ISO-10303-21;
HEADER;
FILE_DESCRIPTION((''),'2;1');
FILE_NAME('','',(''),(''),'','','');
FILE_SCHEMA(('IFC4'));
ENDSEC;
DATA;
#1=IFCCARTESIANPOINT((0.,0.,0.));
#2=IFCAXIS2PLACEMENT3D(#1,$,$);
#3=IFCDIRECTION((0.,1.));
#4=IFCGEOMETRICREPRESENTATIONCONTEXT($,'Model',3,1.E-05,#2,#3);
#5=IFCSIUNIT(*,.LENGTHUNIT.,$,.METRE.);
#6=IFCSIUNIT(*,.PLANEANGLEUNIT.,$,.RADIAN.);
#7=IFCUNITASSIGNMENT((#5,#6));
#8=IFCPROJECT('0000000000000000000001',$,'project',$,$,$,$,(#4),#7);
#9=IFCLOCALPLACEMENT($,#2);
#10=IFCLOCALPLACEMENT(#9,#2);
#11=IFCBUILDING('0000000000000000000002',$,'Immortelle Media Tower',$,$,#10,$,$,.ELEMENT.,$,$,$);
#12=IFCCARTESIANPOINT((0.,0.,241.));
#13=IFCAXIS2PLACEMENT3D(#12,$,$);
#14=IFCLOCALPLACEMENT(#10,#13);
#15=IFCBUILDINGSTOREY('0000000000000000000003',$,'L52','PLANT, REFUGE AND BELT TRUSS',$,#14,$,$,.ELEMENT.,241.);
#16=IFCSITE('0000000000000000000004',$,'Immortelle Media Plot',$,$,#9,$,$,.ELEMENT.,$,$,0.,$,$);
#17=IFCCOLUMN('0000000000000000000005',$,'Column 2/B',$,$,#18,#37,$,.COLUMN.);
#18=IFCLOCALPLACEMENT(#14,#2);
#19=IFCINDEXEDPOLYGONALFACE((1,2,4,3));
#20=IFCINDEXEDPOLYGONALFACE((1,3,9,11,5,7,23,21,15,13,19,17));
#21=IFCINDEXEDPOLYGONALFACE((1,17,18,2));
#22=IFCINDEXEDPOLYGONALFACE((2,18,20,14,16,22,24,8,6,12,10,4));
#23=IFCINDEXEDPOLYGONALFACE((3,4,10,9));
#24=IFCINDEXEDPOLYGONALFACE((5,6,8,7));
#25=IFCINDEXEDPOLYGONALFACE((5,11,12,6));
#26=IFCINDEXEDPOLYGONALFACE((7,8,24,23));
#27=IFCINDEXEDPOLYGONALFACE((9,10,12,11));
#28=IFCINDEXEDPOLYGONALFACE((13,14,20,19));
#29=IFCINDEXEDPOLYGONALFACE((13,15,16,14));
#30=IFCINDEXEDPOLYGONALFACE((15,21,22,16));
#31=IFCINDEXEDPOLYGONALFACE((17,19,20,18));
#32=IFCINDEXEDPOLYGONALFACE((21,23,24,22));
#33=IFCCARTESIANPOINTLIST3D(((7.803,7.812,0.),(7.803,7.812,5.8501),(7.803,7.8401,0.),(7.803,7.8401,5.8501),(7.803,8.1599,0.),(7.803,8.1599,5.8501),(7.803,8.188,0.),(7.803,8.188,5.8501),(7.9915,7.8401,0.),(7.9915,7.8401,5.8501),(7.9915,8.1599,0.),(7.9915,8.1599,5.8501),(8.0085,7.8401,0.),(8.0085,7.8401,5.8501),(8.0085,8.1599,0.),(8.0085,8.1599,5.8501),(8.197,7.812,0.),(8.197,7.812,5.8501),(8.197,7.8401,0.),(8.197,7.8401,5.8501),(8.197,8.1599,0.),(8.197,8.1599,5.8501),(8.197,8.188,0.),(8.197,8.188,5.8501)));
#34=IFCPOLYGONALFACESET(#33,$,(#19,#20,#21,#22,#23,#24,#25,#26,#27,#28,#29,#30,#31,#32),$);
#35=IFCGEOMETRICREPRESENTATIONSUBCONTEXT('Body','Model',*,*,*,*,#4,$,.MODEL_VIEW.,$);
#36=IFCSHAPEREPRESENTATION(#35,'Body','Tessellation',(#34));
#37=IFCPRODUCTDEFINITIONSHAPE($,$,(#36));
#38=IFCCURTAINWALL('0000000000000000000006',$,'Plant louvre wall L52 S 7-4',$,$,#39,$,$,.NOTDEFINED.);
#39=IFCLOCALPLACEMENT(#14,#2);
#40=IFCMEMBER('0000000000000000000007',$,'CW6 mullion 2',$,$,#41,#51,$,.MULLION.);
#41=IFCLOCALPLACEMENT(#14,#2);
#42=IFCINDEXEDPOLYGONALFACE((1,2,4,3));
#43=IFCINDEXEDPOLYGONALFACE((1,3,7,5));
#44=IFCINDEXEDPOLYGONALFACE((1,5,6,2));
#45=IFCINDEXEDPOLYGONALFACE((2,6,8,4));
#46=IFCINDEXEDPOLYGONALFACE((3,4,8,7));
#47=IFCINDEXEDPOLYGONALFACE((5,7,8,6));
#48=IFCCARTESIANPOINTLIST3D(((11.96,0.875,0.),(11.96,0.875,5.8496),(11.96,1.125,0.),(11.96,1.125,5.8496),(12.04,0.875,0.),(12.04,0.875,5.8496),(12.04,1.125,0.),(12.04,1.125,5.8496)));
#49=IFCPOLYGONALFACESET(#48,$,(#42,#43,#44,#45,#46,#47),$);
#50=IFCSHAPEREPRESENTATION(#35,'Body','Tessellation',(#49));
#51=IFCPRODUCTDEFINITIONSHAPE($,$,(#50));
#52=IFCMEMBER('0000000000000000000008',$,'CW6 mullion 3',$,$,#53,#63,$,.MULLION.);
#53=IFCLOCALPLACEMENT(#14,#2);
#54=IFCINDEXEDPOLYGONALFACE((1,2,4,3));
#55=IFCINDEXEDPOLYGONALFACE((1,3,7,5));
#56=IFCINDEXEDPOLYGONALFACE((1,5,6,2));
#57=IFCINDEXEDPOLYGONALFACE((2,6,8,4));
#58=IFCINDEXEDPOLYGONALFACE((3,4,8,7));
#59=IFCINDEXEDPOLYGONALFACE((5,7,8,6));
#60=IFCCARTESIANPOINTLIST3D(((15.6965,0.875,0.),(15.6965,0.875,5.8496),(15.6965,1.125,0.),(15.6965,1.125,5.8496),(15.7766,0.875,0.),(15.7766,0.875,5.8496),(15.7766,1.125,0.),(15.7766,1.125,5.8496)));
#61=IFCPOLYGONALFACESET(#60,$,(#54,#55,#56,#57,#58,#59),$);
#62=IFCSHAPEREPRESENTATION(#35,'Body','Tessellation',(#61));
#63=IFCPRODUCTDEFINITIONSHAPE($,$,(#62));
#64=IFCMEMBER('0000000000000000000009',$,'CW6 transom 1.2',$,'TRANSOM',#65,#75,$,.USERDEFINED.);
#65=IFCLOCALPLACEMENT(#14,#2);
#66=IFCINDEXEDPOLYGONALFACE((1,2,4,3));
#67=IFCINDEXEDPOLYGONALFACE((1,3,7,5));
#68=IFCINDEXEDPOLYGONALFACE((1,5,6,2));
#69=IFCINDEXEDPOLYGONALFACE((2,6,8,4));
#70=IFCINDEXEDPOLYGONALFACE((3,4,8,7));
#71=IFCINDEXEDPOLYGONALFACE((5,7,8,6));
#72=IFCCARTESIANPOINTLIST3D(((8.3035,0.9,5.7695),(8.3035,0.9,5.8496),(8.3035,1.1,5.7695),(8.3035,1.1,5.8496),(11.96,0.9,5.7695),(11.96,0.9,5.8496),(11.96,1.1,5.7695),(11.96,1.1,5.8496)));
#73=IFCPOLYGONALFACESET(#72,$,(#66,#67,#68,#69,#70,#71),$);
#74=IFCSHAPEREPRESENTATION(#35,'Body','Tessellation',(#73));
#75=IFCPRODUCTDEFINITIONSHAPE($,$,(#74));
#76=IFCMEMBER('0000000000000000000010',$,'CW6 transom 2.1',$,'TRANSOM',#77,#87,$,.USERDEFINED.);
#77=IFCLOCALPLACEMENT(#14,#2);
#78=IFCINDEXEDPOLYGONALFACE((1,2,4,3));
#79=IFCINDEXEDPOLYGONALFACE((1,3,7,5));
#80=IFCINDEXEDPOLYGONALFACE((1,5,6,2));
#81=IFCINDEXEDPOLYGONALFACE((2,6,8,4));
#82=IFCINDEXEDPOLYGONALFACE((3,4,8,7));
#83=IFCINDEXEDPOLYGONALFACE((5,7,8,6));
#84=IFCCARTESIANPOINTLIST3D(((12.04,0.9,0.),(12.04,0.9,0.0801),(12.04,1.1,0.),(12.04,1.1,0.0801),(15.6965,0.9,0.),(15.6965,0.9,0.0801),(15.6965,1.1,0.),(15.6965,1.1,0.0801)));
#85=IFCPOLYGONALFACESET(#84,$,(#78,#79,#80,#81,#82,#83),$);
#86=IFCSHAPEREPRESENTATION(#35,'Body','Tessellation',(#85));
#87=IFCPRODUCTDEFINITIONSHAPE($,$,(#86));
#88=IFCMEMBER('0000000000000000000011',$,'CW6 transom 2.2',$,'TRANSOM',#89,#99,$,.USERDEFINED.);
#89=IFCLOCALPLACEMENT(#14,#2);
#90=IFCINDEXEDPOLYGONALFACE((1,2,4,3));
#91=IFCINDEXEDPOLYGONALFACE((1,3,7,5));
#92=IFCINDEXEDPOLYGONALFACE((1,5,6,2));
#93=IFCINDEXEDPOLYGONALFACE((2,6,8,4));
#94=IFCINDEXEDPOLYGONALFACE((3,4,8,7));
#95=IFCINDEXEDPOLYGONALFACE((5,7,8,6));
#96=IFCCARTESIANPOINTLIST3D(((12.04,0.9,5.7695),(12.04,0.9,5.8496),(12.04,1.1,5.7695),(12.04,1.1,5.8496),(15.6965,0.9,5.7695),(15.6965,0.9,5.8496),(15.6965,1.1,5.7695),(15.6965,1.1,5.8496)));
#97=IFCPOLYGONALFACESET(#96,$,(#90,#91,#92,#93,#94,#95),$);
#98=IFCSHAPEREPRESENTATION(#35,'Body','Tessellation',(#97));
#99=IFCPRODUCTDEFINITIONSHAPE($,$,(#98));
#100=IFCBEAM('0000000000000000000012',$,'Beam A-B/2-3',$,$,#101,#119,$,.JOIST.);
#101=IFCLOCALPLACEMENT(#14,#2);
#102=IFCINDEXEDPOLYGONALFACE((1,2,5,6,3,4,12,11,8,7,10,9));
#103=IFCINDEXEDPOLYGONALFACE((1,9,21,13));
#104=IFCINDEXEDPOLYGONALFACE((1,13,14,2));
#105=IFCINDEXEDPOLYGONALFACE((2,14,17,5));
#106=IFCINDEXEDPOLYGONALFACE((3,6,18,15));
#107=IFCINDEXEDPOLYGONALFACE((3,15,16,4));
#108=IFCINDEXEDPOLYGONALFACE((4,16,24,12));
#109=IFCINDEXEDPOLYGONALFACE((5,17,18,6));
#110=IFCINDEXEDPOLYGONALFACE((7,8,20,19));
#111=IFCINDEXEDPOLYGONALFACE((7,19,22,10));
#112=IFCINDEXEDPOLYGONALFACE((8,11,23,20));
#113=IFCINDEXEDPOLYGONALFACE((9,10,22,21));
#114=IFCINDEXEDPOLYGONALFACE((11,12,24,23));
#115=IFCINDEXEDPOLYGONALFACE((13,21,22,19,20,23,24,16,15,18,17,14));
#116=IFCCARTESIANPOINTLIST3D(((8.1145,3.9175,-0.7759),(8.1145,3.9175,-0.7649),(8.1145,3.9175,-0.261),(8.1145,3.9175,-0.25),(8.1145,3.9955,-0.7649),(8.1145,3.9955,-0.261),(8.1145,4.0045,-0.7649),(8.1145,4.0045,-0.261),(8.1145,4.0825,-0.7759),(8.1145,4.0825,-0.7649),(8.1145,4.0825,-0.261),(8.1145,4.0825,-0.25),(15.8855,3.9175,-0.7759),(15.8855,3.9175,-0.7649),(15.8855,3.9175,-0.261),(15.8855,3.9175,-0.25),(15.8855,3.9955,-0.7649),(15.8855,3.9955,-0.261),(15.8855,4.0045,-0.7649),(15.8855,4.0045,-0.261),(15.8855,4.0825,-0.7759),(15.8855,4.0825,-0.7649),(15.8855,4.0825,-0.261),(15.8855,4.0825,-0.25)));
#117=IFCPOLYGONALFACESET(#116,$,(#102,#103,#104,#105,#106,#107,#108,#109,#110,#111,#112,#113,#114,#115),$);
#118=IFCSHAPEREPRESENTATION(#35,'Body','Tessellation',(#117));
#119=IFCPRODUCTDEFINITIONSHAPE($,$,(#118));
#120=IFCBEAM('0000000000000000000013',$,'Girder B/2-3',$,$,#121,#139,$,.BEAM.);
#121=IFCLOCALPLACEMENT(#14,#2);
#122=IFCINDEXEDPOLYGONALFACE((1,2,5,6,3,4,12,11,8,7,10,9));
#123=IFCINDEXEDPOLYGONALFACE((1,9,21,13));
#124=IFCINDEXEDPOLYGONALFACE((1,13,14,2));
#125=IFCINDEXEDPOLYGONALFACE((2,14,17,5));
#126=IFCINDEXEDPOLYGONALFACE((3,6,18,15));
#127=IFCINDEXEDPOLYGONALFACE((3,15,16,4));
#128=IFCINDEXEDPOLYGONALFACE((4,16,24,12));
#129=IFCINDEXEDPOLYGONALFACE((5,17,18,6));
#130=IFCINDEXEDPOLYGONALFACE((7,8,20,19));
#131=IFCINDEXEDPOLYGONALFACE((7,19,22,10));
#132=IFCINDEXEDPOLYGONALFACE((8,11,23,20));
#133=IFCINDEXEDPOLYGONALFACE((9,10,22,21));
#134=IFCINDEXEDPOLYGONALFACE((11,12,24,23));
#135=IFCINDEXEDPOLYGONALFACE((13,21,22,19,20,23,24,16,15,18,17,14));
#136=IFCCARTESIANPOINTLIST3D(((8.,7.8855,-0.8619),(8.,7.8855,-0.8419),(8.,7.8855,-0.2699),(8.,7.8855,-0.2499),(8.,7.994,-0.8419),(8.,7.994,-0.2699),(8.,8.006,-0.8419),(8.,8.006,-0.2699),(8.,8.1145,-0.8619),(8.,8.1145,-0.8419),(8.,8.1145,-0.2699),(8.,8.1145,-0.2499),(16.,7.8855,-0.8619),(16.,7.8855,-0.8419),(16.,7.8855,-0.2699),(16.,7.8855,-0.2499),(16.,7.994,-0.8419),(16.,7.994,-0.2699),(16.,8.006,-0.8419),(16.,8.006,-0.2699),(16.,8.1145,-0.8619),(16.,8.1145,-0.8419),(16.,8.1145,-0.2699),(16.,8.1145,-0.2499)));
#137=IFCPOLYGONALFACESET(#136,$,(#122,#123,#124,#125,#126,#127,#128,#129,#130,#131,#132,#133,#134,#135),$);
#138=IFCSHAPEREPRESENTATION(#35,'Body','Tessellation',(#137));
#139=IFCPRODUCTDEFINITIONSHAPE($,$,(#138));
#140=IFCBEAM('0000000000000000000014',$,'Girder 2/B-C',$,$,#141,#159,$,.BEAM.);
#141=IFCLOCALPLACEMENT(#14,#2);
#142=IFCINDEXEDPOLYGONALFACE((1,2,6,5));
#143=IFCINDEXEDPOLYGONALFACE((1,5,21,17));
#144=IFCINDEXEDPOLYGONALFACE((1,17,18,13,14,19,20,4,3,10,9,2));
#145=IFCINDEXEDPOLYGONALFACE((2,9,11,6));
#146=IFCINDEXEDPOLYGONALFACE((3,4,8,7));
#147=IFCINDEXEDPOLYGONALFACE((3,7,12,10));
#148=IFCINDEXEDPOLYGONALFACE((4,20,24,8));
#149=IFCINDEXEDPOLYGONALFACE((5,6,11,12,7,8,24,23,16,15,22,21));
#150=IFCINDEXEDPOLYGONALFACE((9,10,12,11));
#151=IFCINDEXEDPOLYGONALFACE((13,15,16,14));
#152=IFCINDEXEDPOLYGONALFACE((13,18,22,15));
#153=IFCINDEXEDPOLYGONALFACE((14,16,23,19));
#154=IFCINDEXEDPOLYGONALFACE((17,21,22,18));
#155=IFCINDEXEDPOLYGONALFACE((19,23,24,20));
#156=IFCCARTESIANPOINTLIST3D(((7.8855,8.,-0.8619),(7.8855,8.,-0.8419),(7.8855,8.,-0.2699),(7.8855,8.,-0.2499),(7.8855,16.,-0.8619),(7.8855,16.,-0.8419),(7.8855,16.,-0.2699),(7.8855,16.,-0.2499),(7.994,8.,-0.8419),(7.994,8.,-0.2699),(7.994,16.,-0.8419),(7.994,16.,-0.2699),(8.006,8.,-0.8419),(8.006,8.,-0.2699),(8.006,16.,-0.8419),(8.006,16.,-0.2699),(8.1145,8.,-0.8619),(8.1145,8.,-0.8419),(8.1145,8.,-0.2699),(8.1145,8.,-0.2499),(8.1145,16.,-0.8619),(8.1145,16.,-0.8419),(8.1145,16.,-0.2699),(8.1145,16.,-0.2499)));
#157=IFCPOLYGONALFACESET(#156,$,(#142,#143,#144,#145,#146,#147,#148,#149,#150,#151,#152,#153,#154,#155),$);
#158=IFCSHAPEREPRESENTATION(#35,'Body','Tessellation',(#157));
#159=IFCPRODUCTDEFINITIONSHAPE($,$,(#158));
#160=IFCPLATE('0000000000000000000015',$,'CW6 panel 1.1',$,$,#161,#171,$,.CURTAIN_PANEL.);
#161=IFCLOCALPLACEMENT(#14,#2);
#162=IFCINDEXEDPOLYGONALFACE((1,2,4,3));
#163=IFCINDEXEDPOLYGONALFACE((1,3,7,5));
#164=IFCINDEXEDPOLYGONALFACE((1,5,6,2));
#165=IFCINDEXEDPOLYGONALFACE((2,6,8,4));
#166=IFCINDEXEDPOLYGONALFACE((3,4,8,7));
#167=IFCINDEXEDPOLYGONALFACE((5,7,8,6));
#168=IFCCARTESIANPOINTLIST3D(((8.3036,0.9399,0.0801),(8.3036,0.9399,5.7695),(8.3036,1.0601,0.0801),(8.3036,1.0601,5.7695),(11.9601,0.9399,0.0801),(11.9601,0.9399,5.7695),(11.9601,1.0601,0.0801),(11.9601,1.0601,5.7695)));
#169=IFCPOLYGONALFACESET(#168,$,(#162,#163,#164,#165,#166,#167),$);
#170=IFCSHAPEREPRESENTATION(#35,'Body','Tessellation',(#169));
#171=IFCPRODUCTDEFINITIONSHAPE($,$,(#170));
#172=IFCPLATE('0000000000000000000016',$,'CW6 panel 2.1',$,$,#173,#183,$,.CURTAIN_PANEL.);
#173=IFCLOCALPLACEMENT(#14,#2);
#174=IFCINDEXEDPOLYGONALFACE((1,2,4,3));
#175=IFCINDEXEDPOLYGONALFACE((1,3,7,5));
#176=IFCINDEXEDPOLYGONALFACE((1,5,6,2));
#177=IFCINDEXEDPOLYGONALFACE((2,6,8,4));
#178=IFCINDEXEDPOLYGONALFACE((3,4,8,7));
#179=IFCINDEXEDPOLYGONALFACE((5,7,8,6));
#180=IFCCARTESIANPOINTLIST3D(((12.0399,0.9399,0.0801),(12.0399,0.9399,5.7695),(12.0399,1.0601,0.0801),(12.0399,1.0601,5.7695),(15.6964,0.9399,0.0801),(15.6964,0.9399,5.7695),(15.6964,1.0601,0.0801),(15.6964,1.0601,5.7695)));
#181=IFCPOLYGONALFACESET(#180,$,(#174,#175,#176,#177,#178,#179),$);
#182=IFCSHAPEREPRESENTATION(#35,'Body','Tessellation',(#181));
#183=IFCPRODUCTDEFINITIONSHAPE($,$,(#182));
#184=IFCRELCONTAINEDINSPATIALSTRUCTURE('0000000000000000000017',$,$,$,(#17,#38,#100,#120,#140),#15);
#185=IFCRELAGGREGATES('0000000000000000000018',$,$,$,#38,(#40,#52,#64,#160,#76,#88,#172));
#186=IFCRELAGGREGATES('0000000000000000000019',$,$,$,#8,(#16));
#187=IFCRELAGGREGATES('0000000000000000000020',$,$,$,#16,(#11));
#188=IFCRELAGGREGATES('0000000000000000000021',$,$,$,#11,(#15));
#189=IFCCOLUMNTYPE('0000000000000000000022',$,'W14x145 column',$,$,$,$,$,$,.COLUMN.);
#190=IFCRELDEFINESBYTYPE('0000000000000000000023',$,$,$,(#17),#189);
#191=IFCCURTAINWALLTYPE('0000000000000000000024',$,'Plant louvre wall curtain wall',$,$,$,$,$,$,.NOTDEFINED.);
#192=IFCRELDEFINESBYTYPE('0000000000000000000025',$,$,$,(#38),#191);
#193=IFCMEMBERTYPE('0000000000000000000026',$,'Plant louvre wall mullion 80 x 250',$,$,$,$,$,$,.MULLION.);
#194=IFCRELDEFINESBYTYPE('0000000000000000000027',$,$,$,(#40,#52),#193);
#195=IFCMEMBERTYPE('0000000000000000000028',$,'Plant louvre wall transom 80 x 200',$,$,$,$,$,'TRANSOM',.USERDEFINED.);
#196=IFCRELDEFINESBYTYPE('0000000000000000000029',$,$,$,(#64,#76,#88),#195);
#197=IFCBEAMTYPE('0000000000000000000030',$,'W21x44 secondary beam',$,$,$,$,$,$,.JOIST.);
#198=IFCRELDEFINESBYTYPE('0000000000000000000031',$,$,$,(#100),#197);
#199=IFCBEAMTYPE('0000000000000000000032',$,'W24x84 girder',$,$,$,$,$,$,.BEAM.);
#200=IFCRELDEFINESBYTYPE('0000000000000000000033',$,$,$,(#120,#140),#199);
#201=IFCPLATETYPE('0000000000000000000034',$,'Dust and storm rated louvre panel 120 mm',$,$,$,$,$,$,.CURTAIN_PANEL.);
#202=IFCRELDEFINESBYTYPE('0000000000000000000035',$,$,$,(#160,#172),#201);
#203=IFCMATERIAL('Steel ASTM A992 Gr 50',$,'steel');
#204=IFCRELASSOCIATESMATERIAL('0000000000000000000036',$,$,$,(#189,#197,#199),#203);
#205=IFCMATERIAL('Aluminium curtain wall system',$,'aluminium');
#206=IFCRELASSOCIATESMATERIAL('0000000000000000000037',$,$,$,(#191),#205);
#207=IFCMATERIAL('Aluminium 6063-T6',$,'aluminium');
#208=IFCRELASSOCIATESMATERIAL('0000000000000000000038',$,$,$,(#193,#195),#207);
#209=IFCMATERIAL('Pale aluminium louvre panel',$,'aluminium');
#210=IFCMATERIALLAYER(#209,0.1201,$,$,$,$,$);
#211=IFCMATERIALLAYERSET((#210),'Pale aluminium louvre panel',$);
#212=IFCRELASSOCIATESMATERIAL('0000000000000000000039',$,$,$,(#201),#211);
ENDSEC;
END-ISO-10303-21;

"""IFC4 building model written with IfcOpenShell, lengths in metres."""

from ifc_helpers import new_model, si_unit, direction, frame, origin, origin_2d, place, context, subcontext, project, spatial, rectangle, i_section, extrude, material, layer, layer_set, material_profile, profile_set, type_object, element, aggregate, save


model = new_model("IFC4")

# Units and contexts
model_context = context("Model", 3, precision=1e-05, world=origin(), true_north=direction((0.0, 1.0)))
body_context = subcontext(model_context, "Body", "Model", "MODEL_VIEW")
ifc_project = project(units=[si_unit("LENGTHUNIT", "METRE"), si_unit("PLANEANGLEUNIT", "RADIAN")], contexts=[model_context])

# Site, building, storey
site_placement = place(None, origin())
site = spatial("IfcSite", under=ifc_project, at=site_placement, Name="Immortelle Media Plot", CompositionType="ELEMENT", RefElevation=0.0)
building_placement = place(site_placement, origin())
building = spatial("IfcBuilding", under=site, at=building_placement, Name="Immortelle Media Tower", CompositionType="ELEMENT")
storey_placement = place(building_placement, frame((0.0, 0.0, 241.0)))
storey = spatial("IfcBuildingStorey", under=building, at=storey_placement, Name="L52", Description="PLANT, REFUGE AND BELT TRUSS", CompositionType="ELEMENT", Elevation=241.0)

# Column
ifc_material_1 = material(Name="Steel ASTM A992 Gr 50", Category="steel")
ifc_material_profile_1 = material_profile(ifc_material_1, i_section(OverallWidth=0.394, OverallDepth=0.376, WebThickness=0.0171, FlangeThickness=0.0281, at=origin_2d()), Name="W14x145")
ifc_profile_set_1 = profile_set([ifc_material_profile_1], Name="Steel ASTM A992 Gr 50")
column_type = type_object("IfcColumnType", Name="W14x145 column", PredefinedType="COLUMN", material=ifc_profile_set_1)
column_placement = place(storey_placement, frame((8.0, 8.0, 0.0), z_axis=(0.0, 0.0, 1.0), x_axis=(1.0, 0.0, 0.0)))
element("IfcColumn", 1, at=column_placement, inside=storey, type_object=column_type, Name="Column 2/B", PredefinedType="COLUMN", context=body_context, shape_type="SweptSolid", body=[
    extrude(i_section(OverallWidth=0.394, OverallDepth=0.376, WebThickness=0.0171, FlangeThickness=0.0281, at=origin_2d()), origin(), (0.0, 0.0, 1.0), 5.8501),
])

# Curtain wall, members
ifc_material_2 = material(Name="Aluminium curtain wall system", Category="aluminium")
curtain_wall_type = type_object("IfcCurtainWallType", Name="Plant louvre wall curtain wall", PredefinedType="NOTDEFINED", material=ifc_material_2)
curtain_wall_placement = place(storey_placement, origin())
curtain_wall = element("IfcCurtainWall", 2, at=curtain_wall_placement, inside=storey, type_object=curtain_wall_type, Name="Plant louvre wall L52 S 7-4", PredefinedType="NOTDEFINED")
ifc_material_3 = material(Name="Aluminium 6063-T6", Category="aluminium")
ifc_material_profile_2 = material_profile(ifc_material_3, rectangle(XDim=0.25, YDim=0.0801, at=origin_2d()), Name="AL 80x250")
ifc_profile_set_2 = profile_set([ifc_material_profile_2], Name="Aluminium 6063-T6")
member_type_1 = type_object("IfcMemberType", Name="Plant louvre wall mullion 80 x 250", PredefinedType="MULLION", material=ifc_profile_set_2)
member_1_placement = place(storey_placement, frame((12.0, 1.0, 0.0), z_axis=(0.0, 0.0, 1.0), x_axis=(0.0, 1.0, 0.0)))
member_1 = element("IfcMember", 3, at=member_1_placement, type_object=member_type_1, Name="CW6 mullion 2", PredefinedType="MULLION", context=body_context, shape_type="SweptSolid", body=[
    extrude(rectangle(XDim=0.25, YDim=0.0801, at=origin_2d()), origin(), (0.0, 0.0, 1.0), 5.8496),
])
member_2_placement = place(storey_placement, frame((15.7366, 1.0, 0.0), z_axis=(0.0, 0.0, 1.0), x_axis=(0.0, 1.0, 0.0)))
member_2 = element("IfcMember", 4, at=member_2_placement, type_object=member_type_1, Name="CW6 mullion 3", PredefinedType="MULLION", context=body_context, shape_type="SweptSolid", body=[
    extrude(rectangle(XDim=0.25, YDim=0.0801, at=origin_2d()), origin(), (0.0, 0.0, 1.0), 5.8496),
])
ifc_material_profile_3 = material_profile(ifc_material_3, rectangle(XDim=0.2, YDim=0.0801, at=origin_2d()), Name="AL 80x200")
ifc_profile_set_3 = profile_set([ifc_material_profile_3], Name="Aluminium 6063-T6")
member_type_2 = type_object("IfcMemberType", Name="Plant louvre wall transom 80 x 200", ElementType="TRANSOM", PredefinedType="USERDEFINED", material=ifc_profile_set_3)
member_3_placement = place(storey_placement, frame((8.3035, 1.0, 5.8096), z_axis=(1.0, 0.0, 0.0), x_axis=(0.0, 1.0, 0.0)))
member_3 = element("IfcMember", 5, at=member_3_placement, type_object=member_type_2, Name="CW6 transom 1.2", ObjectType="TRANSOM", PredefinedType="USERDEFINED", context=body_context, shape_type="SweptSolid", body=[
    extrude(rectangle(XDim=0.2, YDim=0.0801, at=origin_2d()), origin(), (0.0, 0.0, 1.0), 3.6565),
])
member_4_placement = place(storey_placement, frame((12.04, 1.0, 0.04), z_axis=(1.0, 0.0, 0.0), x_axis=(0.0, 1.0, 0.0)))
member_4 = element("IfcMember", 6, at=member_4_placement, type_object=member_type_2, Name="CW6 transom 2.1", ObjectType="TRANSOM", PredefinedType="USERDEFINED", context=body_context, shape_type="SweptSolid", body=[
    extrude(rectangle(XDim=0.2, YDim=0.0801, at=origin_2d()), origin(), (0.0, 0.0, 1.0), 3.6565),
])
member_5_placement = place(storey_placement, frame((12.04, 1.0, 5.8096), z_axis=(1.0, 0.0, 0.0), x_axis=(0.0, 1.0, 0.0)))
member_5 = element("IfcMember", 7, at=member_5_placement, type_object=member_type_2, Name="CW6 transom 2.2", ObjectType="TRANSOM", PredefinedType="USERDEFINED", context=body_context, shape_type="SweptSolid", body=[
    extrude(rectangle(XDim=0.2, YDim=0.0801, at=origin_2d()), origin(), (0.0, 0.0, 1.0), 3.6565),
])

# Beams
ifc_material_profile_4 = material_profile(ifc_material_1, i_section(OverallWidth=0.165, OverallDepth=0.5259, WebThickness=0.009, FlangeThickness=0.011, at=origin_2d()), Name="W21x44")
ifc_profile_set_4 = profile_set([ifc_material_profile_4], Name="Steel ASTM A992 Gr 50")
beam_type_1 = type_object("IfcBeamType", Name="W21x44 secondary beam", PredefinedType="JOIST", material=ifc_profile_set_4)
beam_placement = place(storey_placement, frame((8.1145, 4.0, -0.5129), z_axis=(1.0, 0.0, 0.0), x_axis=(0.0, 1.0, 0.0)))
element("IfcBeam", 8, at=beam_placement, inside=storey, type_object=beam_type_1, Name="Beam A-B/2-3", PredefinedType="JOIST", context=body_context, shape_type="SweptSolid", body=[
    extrude(i_section(OverallWidth=0.165, OverallDepth=0.5259, WebThickness=0.009, FlangeThickness=0.011, at=origin_2d()), origin(), (0.0, 0.0, 1.0), 7.771),
])
ifc_material_profile_5 = material_profile(ifc_material_1, i_section(OverallWidth=0.229, OverallDepth=0.6121, WebThickness=0.012, FlangeThickness=0.02, at=origin_2d()), Name="W24x84")
ifc_profile_set_5 = profile_set([ifc_material_profile_5], Name="Steel ASTM A992 Gr 50")
beam_type_2 = type_object("IfcBeamType", Name="W24x84 girder", PredefinedType="BEAM", material=ifc_profile_set_5)
for number, where, z_axis, x_axis, name in (
    (9, (8.0, 8.0, -0.5559), (1.0, 0.0, 0.0), (0.0, 1.0, 0.0), "Girder B/2-3"),
    (10, (8.0, 8.0, -0.5559), (0.0, 1.0, 0.0), (-1.0, 0.0, 0.0), "Girder 2/B-C"),
):
    element("IfcBeam", number, at=place(storey_placement, frame(where, z_axis=z_axis, x_axis=x_axis)), inside=storey, type_object=beam_type_2, Name=name, PredefinedType="BEAM", context=body_context, shape_type="SweptSolid", body=[
        extrude(i_section(OverallWidth=0.229, OverallDepth=0.6121, WebThickness=0.012, FlangeThickness=0.02, at=origin_2d()), origin(), (0.0, 0.0, 1.0), 8.0),
    ])

# Plates
ifc_material_4 = material(Name="Pale aluminium louvre panel", Category="aluminium")
ifc_layer_1 = layer(ifc_material_4, 0.1201)
ifc_layer_set_1 = layer_set([ifc_layer_1], Name="Pale aluminium louvre panel")
plate_type = type_object("IfcPlateType", Name="Dust and storm rated louvre panel 120 mm", PredefinedType="CURTAIN_PANEL", material=ifc_layer_set_1)
plate_1_placement = place(storey_placement, frame((10.1318, 1.0, 0.0801), z_axis=(0.0, 0.0, 1.0), x_axis=(1.0, 0.0, 0.0)))
plate_1 = element("IfcPlate", 11, at=plate_1_placement, type_object=plate_type, Name="CW6 panel 1.1", PredefinedType="CURTAIN_PANEL", context=body_context, shape_type="SweptSolid", body=[
    extrude(rectangle(XDim=3.6565, YDim=0.1201, at=origin_2d()), origin(), (0.0, 0.0, 1.0), 5.6895),
])
plate_2_placement = place(storey_placement, frame((13.8682, 1.0, 0.0801), z_axis=(0.0, 0.0, 1.0), x_axis=(1.0, 0.0, 0.0)))
plate_2 = element("IfcPlate", 12, at=plate_2_placement, type_object=plate_type, Name="CW6 panel 2.1", PredefinedType="CURTAIN_PANEL", context=body_context, shape_type="SweptSolid", body=[
    extrude(rectangle(XDim=3.6565, YDim=0.1201, at=origin_2d()), origin(), (0.0, 0.0, 1.0), 5.6895),
])
aggregate(curtain_wall, [member_1, member_2, member_3, plate_1, member_4, member_5, plate_2])

save(model, "model.ifc")
